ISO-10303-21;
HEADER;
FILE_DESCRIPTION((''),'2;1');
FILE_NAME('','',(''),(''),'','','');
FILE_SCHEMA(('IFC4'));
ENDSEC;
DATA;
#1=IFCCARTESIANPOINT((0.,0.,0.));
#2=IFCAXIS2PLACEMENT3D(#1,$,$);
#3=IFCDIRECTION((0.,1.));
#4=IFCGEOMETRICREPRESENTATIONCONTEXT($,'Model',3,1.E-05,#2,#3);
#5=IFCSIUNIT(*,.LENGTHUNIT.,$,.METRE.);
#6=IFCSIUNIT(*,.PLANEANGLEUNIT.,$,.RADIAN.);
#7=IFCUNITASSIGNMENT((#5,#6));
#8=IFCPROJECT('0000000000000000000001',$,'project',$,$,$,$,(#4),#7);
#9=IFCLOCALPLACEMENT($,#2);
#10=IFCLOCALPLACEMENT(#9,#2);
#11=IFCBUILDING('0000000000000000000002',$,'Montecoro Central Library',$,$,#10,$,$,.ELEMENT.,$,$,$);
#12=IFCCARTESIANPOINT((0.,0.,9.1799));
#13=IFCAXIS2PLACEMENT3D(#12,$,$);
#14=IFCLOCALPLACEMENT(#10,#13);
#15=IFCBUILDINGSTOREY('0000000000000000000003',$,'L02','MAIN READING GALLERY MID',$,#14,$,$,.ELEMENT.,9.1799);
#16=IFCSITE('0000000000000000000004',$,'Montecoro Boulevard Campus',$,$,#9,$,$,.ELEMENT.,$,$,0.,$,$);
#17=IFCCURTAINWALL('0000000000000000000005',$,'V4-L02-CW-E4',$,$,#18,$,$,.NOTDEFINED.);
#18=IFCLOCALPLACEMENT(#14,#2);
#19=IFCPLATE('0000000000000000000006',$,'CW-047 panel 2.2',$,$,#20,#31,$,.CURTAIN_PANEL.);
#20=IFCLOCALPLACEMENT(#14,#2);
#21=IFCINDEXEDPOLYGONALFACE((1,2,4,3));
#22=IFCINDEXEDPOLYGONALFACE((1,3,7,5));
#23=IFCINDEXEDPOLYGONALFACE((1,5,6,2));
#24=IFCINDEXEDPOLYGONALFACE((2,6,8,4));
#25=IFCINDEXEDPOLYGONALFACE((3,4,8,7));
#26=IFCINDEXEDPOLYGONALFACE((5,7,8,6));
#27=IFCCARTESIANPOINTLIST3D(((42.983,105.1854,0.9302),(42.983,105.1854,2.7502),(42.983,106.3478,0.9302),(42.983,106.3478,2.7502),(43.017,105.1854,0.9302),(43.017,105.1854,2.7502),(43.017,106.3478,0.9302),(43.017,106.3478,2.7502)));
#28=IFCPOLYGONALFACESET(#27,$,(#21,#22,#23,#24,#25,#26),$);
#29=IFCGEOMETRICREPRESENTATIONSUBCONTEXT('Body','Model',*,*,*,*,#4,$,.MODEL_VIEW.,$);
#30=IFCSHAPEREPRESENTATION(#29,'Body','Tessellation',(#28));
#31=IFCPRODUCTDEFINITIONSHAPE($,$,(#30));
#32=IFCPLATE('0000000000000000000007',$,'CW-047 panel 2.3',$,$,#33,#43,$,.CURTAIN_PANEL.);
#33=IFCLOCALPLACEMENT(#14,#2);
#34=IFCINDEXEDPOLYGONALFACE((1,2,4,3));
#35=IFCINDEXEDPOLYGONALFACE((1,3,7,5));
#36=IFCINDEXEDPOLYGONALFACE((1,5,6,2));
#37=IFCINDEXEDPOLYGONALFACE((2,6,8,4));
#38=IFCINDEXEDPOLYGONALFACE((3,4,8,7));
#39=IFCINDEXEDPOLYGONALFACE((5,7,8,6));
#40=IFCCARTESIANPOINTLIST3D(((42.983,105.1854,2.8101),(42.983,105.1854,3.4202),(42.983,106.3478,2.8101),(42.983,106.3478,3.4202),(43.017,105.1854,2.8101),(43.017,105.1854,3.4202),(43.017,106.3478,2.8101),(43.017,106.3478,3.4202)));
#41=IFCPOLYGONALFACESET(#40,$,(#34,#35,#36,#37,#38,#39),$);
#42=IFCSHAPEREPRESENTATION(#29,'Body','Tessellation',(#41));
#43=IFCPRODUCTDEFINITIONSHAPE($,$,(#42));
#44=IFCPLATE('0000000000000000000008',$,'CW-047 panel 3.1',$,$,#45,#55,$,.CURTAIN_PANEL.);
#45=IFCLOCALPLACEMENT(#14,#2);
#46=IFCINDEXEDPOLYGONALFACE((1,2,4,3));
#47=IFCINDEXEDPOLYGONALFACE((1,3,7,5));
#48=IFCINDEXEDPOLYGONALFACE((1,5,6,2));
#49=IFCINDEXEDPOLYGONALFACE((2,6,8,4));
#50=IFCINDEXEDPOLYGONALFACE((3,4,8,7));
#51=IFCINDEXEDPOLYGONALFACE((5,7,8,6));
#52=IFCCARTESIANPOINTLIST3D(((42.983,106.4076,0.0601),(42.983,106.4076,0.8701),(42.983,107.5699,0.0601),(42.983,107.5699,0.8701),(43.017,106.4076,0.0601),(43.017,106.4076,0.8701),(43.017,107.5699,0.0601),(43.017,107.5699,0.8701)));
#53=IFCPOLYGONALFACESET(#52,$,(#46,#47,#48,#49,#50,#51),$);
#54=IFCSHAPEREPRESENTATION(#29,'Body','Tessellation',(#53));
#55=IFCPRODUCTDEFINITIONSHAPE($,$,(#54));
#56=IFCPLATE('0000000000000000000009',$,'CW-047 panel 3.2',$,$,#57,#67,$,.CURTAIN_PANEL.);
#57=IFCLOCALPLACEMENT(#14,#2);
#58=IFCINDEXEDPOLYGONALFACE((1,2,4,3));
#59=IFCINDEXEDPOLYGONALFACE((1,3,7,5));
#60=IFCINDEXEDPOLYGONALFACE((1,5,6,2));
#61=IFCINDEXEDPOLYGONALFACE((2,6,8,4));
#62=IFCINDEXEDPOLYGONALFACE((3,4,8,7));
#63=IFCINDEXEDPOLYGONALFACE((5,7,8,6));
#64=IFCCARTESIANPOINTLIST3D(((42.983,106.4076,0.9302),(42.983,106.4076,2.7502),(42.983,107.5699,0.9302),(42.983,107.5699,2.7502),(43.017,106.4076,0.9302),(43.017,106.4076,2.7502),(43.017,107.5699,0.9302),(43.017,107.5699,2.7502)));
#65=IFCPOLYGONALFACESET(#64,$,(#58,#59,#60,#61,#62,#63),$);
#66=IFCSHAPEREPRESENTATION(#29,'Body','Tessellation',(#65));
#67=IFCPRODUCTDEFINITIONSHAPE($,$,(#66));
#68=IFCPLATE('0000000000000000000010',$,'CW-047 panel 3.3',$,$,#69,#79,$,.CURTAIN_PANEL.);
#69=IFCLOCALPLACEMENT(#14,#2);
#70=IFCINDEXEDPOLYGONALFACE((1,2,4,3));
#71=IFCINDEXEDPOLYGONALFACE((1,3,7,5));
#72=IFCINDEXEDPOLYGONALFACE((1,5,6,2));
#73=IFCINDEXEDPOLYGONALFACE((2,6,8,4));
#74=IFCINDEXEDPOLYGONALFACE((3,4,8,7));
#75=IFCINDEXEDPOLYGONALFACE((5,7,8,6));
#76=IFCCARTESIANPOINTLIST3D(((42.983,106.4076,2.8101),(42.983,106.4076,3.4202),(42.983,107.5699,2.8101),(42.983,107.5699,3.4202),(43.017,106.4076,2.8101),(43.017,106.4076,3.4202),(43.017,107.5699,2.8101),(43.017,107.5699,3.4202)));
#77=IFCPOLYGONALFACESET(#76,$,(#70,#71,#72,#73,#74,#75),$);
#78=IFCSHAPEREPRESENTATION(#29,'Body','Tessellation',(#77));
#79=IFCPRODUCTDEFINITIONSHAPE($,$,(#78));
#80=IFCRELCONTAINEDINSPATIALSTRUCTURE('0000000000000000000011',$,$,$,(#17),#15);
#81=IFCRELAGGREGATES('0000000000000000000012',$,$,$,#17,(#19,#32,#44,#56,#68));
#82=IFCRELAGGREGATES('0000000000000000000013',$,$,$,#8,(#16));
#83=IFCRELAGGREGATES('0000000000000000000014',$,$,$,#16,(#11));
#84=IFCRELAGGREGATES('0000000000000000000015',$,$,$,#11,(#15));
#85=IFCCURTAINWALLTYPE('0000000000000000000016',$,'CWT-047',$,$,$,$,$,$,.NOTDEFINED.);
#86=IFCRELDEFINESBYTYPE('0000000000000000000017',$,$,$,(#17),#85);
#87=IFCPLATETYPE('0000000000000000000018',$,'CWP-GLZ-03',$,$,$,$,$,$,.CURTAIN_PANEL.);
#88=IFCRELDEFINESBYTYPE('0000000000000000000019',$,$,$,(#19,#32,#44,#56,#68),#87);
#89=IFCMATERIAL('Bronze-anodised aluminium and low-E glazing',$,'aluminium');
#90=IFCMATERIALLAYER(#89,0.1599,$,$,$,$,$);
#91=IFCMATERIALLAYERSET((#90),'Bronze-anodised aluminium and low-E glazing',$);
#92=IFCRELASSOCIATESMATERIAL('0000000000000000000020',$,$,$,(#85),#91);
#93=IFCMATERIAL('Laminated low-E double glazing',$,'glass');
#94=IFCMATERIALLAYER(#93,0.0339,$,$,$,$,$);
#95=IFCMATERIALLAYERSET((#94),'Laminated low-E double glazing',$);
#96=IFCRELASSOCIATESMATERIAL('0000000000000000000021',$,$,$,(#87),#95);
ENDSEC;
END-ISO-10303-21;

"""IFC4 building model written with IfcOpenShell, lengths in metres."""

from ifc_helpers import new_model, si_unit, direction, frame, origin, origin_2d, place, context, subcontext, project, spatial, rectangle, extrude, material, layer, layer_set, type_object, element, aggregate, save


model = new_model("IFC4")

# Units and contexts
model_context = context("Model", 3, precision=1e-05, world=origin(), true_north=direction((0.0, 1.0)))
body_context = subcontext(model_context, "Body", "Model", "MODEL_VIEW")
ifc_project = project(units=[si_unit("LENGTHUNIT", "METRE"), si_unit("PLANEANGLEUNIT", "RADIAN")], contexts=[model_context])

# Site, building, storey
site_placement = place(None, origin())
site = spatial("IfcSite", under=ifc_project, at=site_placement, Name="Montecoro Boulevard Campus", CompositionType="ELEMENT", RefElevation=0.0)
building_placement = place(site_placement, origin())
building = spatial("IfcBuilding", under=site, at=building_placement, Name="Montecoro Central Library", CompositionType="ELEMENT")
storey_placement = place(building_placement, frame((0.0, 0.0, 9.1799)))
storey = spatial("IfcBuildingStorey", under=building, at=storey_placement, Name="L02", Description="MAIN READING GALLERY MID", CompositionType="ELEMENT", Elevation=9.1799)

# Curtain wall, plates
ifc_material_1 = material(Name="Bronze-anodised aluminium and low-E glazing", Category="aluminium")
ifc_layer_1 = layer(ifc_material_1, 0.1599)
ifc_layer_set_1 = layer_set([ifc_layer_1], Name="Bronze-anodised aluminium and low-E glazing")
curtain_wall_type = type_object("IfcCurtainWallType", Name="CWT-047", PredefinedType="NOTDEFINED", material=ifc_layer_set_1)
curtain_wall_placement = place(storey_placement, origin())
curtain_wall = element("IfcCurtainWall", 1, at=curtain_wall_placement, inside=storey, type_object=curtain_wall_type, Name="V4-L02-CW-E4", PredefinedType="NOTDEFINED")
ifc_material_2 = material(Name="Laminated low-E double glazing", Category="glass")
ifc_layer_2 = layer(ifc_material_2, 0.0339)
ifc_layer_set_2 = layer_set([ifc_layer_2], Name="Laminated low-E double glazing")
plate_type = type_object("IfcPlateType", Name="CWP-GLZ-03", PredefinedType="CURTAIN_PANEL", material=ifc_layer_set_2)
plate_1_placement = place(storey_placement, frame((43.0, 105.7666, 0.9302), z_axis=(0.0, 0.0, 1.0), x_axis=(0.0, 1.0, 0.0)))
plate_1 = element("IfcPlate", 2, at=plate_1_placement, type_object=plate_type, Name="CW-047 panel 2.2", PredefinedType="CURTAIN_PANEL", context=body_context, shape_type="SweptSolid", body=[
    extrude(rectangle(XDim=1.1624, YDim=0.0339, at=origin_2d()), origin(), (0.0, 0.0, 1.0), 1.8201),
])
plate_2_placement = place(storey_placement, frame((43.0, 105.7666, 2.8101), z_axis=(0.0, 0.0, 1.0), x_axis=(0.0, 1.0, 0.0)))
plate_2 = element("IfcPlate", 3, at=plate_2_placement, type_object=plate_type, Name="CW-047 panel 2.3", PredefinedType="CURTAIN_PANEL", context=body_context, shape_type="SweptSolid", body=[
    extrude(rectangle(XDim=1.1624, YDim=0.0339, at=origin_2d()), origin(), (0.0, 0.0, 1.0), 0.6101),
])
plate_3_placement = place(storey_placement, frame((43.0, 106.9888, 0.0601), z_axis=(0.0, 0.0, 1.0), x_axis=(0.0, 1.0, 0.0)))
plate_3 = element("IfcPlate", 4, at=plate_3_placement, type_object=plate_type, Name="CW-047 panel 3.1", PredefinedType="CURTAIN_PANEL", context=body_context, shape_type="SweptSolid", body=[
    extrude(rectangle(XDim=1.1624, YDim=0.0339, at=origin_2d()), origin(), (0.0, 0.0, 1.0), 0.8101),
])
plate_4_placement = place(storey_placement, frame((43.0, 106.9888, 0.9302), z_axis=(0.0, 0.0, 1.0), x_axis=(0.0, 1.0, 0.0)))
plate_4 = element("IfcPlate", 5, at=plate_4_placement, type_object=plate_type, Name="CW-047 panel 3.2", PredefinedType="CURTAIN_PANEL", context=body_context, shape_type="SweptSolid", body=[
    extrude(rectangle(XDim=1.1624, YDim=0.0339, at=origin_2d()), origin(), (0.0, 0.0, 1.0), 1.8201),
])
plate_5_placement = place(storey_placement, frame((43.0, 106.9888, 2.8101), z_axis=(0.0, 0.0, 1.0), x_axis=(0.0, 1.0, 0.0)))
plate_5 = element("IfcPlate", 6, at=plate_5_placement, type_object=plate_type, Name="CW-047 panel 3.3", PredefinedType="CURTAIN_PANEL", context=body_context, shape_type="SweptSolid", body=[
    extrude(rectangle(XDim=1.1624, YDim=0.0339, at=origin_2d()), origin(), (0.0, 0.0, 1.0), 0.6101),
])
aggregate(curtain_wall, [plate_1, plate_2, plate_3, plate_4, plate_5])

save(model, "model.ifc")
